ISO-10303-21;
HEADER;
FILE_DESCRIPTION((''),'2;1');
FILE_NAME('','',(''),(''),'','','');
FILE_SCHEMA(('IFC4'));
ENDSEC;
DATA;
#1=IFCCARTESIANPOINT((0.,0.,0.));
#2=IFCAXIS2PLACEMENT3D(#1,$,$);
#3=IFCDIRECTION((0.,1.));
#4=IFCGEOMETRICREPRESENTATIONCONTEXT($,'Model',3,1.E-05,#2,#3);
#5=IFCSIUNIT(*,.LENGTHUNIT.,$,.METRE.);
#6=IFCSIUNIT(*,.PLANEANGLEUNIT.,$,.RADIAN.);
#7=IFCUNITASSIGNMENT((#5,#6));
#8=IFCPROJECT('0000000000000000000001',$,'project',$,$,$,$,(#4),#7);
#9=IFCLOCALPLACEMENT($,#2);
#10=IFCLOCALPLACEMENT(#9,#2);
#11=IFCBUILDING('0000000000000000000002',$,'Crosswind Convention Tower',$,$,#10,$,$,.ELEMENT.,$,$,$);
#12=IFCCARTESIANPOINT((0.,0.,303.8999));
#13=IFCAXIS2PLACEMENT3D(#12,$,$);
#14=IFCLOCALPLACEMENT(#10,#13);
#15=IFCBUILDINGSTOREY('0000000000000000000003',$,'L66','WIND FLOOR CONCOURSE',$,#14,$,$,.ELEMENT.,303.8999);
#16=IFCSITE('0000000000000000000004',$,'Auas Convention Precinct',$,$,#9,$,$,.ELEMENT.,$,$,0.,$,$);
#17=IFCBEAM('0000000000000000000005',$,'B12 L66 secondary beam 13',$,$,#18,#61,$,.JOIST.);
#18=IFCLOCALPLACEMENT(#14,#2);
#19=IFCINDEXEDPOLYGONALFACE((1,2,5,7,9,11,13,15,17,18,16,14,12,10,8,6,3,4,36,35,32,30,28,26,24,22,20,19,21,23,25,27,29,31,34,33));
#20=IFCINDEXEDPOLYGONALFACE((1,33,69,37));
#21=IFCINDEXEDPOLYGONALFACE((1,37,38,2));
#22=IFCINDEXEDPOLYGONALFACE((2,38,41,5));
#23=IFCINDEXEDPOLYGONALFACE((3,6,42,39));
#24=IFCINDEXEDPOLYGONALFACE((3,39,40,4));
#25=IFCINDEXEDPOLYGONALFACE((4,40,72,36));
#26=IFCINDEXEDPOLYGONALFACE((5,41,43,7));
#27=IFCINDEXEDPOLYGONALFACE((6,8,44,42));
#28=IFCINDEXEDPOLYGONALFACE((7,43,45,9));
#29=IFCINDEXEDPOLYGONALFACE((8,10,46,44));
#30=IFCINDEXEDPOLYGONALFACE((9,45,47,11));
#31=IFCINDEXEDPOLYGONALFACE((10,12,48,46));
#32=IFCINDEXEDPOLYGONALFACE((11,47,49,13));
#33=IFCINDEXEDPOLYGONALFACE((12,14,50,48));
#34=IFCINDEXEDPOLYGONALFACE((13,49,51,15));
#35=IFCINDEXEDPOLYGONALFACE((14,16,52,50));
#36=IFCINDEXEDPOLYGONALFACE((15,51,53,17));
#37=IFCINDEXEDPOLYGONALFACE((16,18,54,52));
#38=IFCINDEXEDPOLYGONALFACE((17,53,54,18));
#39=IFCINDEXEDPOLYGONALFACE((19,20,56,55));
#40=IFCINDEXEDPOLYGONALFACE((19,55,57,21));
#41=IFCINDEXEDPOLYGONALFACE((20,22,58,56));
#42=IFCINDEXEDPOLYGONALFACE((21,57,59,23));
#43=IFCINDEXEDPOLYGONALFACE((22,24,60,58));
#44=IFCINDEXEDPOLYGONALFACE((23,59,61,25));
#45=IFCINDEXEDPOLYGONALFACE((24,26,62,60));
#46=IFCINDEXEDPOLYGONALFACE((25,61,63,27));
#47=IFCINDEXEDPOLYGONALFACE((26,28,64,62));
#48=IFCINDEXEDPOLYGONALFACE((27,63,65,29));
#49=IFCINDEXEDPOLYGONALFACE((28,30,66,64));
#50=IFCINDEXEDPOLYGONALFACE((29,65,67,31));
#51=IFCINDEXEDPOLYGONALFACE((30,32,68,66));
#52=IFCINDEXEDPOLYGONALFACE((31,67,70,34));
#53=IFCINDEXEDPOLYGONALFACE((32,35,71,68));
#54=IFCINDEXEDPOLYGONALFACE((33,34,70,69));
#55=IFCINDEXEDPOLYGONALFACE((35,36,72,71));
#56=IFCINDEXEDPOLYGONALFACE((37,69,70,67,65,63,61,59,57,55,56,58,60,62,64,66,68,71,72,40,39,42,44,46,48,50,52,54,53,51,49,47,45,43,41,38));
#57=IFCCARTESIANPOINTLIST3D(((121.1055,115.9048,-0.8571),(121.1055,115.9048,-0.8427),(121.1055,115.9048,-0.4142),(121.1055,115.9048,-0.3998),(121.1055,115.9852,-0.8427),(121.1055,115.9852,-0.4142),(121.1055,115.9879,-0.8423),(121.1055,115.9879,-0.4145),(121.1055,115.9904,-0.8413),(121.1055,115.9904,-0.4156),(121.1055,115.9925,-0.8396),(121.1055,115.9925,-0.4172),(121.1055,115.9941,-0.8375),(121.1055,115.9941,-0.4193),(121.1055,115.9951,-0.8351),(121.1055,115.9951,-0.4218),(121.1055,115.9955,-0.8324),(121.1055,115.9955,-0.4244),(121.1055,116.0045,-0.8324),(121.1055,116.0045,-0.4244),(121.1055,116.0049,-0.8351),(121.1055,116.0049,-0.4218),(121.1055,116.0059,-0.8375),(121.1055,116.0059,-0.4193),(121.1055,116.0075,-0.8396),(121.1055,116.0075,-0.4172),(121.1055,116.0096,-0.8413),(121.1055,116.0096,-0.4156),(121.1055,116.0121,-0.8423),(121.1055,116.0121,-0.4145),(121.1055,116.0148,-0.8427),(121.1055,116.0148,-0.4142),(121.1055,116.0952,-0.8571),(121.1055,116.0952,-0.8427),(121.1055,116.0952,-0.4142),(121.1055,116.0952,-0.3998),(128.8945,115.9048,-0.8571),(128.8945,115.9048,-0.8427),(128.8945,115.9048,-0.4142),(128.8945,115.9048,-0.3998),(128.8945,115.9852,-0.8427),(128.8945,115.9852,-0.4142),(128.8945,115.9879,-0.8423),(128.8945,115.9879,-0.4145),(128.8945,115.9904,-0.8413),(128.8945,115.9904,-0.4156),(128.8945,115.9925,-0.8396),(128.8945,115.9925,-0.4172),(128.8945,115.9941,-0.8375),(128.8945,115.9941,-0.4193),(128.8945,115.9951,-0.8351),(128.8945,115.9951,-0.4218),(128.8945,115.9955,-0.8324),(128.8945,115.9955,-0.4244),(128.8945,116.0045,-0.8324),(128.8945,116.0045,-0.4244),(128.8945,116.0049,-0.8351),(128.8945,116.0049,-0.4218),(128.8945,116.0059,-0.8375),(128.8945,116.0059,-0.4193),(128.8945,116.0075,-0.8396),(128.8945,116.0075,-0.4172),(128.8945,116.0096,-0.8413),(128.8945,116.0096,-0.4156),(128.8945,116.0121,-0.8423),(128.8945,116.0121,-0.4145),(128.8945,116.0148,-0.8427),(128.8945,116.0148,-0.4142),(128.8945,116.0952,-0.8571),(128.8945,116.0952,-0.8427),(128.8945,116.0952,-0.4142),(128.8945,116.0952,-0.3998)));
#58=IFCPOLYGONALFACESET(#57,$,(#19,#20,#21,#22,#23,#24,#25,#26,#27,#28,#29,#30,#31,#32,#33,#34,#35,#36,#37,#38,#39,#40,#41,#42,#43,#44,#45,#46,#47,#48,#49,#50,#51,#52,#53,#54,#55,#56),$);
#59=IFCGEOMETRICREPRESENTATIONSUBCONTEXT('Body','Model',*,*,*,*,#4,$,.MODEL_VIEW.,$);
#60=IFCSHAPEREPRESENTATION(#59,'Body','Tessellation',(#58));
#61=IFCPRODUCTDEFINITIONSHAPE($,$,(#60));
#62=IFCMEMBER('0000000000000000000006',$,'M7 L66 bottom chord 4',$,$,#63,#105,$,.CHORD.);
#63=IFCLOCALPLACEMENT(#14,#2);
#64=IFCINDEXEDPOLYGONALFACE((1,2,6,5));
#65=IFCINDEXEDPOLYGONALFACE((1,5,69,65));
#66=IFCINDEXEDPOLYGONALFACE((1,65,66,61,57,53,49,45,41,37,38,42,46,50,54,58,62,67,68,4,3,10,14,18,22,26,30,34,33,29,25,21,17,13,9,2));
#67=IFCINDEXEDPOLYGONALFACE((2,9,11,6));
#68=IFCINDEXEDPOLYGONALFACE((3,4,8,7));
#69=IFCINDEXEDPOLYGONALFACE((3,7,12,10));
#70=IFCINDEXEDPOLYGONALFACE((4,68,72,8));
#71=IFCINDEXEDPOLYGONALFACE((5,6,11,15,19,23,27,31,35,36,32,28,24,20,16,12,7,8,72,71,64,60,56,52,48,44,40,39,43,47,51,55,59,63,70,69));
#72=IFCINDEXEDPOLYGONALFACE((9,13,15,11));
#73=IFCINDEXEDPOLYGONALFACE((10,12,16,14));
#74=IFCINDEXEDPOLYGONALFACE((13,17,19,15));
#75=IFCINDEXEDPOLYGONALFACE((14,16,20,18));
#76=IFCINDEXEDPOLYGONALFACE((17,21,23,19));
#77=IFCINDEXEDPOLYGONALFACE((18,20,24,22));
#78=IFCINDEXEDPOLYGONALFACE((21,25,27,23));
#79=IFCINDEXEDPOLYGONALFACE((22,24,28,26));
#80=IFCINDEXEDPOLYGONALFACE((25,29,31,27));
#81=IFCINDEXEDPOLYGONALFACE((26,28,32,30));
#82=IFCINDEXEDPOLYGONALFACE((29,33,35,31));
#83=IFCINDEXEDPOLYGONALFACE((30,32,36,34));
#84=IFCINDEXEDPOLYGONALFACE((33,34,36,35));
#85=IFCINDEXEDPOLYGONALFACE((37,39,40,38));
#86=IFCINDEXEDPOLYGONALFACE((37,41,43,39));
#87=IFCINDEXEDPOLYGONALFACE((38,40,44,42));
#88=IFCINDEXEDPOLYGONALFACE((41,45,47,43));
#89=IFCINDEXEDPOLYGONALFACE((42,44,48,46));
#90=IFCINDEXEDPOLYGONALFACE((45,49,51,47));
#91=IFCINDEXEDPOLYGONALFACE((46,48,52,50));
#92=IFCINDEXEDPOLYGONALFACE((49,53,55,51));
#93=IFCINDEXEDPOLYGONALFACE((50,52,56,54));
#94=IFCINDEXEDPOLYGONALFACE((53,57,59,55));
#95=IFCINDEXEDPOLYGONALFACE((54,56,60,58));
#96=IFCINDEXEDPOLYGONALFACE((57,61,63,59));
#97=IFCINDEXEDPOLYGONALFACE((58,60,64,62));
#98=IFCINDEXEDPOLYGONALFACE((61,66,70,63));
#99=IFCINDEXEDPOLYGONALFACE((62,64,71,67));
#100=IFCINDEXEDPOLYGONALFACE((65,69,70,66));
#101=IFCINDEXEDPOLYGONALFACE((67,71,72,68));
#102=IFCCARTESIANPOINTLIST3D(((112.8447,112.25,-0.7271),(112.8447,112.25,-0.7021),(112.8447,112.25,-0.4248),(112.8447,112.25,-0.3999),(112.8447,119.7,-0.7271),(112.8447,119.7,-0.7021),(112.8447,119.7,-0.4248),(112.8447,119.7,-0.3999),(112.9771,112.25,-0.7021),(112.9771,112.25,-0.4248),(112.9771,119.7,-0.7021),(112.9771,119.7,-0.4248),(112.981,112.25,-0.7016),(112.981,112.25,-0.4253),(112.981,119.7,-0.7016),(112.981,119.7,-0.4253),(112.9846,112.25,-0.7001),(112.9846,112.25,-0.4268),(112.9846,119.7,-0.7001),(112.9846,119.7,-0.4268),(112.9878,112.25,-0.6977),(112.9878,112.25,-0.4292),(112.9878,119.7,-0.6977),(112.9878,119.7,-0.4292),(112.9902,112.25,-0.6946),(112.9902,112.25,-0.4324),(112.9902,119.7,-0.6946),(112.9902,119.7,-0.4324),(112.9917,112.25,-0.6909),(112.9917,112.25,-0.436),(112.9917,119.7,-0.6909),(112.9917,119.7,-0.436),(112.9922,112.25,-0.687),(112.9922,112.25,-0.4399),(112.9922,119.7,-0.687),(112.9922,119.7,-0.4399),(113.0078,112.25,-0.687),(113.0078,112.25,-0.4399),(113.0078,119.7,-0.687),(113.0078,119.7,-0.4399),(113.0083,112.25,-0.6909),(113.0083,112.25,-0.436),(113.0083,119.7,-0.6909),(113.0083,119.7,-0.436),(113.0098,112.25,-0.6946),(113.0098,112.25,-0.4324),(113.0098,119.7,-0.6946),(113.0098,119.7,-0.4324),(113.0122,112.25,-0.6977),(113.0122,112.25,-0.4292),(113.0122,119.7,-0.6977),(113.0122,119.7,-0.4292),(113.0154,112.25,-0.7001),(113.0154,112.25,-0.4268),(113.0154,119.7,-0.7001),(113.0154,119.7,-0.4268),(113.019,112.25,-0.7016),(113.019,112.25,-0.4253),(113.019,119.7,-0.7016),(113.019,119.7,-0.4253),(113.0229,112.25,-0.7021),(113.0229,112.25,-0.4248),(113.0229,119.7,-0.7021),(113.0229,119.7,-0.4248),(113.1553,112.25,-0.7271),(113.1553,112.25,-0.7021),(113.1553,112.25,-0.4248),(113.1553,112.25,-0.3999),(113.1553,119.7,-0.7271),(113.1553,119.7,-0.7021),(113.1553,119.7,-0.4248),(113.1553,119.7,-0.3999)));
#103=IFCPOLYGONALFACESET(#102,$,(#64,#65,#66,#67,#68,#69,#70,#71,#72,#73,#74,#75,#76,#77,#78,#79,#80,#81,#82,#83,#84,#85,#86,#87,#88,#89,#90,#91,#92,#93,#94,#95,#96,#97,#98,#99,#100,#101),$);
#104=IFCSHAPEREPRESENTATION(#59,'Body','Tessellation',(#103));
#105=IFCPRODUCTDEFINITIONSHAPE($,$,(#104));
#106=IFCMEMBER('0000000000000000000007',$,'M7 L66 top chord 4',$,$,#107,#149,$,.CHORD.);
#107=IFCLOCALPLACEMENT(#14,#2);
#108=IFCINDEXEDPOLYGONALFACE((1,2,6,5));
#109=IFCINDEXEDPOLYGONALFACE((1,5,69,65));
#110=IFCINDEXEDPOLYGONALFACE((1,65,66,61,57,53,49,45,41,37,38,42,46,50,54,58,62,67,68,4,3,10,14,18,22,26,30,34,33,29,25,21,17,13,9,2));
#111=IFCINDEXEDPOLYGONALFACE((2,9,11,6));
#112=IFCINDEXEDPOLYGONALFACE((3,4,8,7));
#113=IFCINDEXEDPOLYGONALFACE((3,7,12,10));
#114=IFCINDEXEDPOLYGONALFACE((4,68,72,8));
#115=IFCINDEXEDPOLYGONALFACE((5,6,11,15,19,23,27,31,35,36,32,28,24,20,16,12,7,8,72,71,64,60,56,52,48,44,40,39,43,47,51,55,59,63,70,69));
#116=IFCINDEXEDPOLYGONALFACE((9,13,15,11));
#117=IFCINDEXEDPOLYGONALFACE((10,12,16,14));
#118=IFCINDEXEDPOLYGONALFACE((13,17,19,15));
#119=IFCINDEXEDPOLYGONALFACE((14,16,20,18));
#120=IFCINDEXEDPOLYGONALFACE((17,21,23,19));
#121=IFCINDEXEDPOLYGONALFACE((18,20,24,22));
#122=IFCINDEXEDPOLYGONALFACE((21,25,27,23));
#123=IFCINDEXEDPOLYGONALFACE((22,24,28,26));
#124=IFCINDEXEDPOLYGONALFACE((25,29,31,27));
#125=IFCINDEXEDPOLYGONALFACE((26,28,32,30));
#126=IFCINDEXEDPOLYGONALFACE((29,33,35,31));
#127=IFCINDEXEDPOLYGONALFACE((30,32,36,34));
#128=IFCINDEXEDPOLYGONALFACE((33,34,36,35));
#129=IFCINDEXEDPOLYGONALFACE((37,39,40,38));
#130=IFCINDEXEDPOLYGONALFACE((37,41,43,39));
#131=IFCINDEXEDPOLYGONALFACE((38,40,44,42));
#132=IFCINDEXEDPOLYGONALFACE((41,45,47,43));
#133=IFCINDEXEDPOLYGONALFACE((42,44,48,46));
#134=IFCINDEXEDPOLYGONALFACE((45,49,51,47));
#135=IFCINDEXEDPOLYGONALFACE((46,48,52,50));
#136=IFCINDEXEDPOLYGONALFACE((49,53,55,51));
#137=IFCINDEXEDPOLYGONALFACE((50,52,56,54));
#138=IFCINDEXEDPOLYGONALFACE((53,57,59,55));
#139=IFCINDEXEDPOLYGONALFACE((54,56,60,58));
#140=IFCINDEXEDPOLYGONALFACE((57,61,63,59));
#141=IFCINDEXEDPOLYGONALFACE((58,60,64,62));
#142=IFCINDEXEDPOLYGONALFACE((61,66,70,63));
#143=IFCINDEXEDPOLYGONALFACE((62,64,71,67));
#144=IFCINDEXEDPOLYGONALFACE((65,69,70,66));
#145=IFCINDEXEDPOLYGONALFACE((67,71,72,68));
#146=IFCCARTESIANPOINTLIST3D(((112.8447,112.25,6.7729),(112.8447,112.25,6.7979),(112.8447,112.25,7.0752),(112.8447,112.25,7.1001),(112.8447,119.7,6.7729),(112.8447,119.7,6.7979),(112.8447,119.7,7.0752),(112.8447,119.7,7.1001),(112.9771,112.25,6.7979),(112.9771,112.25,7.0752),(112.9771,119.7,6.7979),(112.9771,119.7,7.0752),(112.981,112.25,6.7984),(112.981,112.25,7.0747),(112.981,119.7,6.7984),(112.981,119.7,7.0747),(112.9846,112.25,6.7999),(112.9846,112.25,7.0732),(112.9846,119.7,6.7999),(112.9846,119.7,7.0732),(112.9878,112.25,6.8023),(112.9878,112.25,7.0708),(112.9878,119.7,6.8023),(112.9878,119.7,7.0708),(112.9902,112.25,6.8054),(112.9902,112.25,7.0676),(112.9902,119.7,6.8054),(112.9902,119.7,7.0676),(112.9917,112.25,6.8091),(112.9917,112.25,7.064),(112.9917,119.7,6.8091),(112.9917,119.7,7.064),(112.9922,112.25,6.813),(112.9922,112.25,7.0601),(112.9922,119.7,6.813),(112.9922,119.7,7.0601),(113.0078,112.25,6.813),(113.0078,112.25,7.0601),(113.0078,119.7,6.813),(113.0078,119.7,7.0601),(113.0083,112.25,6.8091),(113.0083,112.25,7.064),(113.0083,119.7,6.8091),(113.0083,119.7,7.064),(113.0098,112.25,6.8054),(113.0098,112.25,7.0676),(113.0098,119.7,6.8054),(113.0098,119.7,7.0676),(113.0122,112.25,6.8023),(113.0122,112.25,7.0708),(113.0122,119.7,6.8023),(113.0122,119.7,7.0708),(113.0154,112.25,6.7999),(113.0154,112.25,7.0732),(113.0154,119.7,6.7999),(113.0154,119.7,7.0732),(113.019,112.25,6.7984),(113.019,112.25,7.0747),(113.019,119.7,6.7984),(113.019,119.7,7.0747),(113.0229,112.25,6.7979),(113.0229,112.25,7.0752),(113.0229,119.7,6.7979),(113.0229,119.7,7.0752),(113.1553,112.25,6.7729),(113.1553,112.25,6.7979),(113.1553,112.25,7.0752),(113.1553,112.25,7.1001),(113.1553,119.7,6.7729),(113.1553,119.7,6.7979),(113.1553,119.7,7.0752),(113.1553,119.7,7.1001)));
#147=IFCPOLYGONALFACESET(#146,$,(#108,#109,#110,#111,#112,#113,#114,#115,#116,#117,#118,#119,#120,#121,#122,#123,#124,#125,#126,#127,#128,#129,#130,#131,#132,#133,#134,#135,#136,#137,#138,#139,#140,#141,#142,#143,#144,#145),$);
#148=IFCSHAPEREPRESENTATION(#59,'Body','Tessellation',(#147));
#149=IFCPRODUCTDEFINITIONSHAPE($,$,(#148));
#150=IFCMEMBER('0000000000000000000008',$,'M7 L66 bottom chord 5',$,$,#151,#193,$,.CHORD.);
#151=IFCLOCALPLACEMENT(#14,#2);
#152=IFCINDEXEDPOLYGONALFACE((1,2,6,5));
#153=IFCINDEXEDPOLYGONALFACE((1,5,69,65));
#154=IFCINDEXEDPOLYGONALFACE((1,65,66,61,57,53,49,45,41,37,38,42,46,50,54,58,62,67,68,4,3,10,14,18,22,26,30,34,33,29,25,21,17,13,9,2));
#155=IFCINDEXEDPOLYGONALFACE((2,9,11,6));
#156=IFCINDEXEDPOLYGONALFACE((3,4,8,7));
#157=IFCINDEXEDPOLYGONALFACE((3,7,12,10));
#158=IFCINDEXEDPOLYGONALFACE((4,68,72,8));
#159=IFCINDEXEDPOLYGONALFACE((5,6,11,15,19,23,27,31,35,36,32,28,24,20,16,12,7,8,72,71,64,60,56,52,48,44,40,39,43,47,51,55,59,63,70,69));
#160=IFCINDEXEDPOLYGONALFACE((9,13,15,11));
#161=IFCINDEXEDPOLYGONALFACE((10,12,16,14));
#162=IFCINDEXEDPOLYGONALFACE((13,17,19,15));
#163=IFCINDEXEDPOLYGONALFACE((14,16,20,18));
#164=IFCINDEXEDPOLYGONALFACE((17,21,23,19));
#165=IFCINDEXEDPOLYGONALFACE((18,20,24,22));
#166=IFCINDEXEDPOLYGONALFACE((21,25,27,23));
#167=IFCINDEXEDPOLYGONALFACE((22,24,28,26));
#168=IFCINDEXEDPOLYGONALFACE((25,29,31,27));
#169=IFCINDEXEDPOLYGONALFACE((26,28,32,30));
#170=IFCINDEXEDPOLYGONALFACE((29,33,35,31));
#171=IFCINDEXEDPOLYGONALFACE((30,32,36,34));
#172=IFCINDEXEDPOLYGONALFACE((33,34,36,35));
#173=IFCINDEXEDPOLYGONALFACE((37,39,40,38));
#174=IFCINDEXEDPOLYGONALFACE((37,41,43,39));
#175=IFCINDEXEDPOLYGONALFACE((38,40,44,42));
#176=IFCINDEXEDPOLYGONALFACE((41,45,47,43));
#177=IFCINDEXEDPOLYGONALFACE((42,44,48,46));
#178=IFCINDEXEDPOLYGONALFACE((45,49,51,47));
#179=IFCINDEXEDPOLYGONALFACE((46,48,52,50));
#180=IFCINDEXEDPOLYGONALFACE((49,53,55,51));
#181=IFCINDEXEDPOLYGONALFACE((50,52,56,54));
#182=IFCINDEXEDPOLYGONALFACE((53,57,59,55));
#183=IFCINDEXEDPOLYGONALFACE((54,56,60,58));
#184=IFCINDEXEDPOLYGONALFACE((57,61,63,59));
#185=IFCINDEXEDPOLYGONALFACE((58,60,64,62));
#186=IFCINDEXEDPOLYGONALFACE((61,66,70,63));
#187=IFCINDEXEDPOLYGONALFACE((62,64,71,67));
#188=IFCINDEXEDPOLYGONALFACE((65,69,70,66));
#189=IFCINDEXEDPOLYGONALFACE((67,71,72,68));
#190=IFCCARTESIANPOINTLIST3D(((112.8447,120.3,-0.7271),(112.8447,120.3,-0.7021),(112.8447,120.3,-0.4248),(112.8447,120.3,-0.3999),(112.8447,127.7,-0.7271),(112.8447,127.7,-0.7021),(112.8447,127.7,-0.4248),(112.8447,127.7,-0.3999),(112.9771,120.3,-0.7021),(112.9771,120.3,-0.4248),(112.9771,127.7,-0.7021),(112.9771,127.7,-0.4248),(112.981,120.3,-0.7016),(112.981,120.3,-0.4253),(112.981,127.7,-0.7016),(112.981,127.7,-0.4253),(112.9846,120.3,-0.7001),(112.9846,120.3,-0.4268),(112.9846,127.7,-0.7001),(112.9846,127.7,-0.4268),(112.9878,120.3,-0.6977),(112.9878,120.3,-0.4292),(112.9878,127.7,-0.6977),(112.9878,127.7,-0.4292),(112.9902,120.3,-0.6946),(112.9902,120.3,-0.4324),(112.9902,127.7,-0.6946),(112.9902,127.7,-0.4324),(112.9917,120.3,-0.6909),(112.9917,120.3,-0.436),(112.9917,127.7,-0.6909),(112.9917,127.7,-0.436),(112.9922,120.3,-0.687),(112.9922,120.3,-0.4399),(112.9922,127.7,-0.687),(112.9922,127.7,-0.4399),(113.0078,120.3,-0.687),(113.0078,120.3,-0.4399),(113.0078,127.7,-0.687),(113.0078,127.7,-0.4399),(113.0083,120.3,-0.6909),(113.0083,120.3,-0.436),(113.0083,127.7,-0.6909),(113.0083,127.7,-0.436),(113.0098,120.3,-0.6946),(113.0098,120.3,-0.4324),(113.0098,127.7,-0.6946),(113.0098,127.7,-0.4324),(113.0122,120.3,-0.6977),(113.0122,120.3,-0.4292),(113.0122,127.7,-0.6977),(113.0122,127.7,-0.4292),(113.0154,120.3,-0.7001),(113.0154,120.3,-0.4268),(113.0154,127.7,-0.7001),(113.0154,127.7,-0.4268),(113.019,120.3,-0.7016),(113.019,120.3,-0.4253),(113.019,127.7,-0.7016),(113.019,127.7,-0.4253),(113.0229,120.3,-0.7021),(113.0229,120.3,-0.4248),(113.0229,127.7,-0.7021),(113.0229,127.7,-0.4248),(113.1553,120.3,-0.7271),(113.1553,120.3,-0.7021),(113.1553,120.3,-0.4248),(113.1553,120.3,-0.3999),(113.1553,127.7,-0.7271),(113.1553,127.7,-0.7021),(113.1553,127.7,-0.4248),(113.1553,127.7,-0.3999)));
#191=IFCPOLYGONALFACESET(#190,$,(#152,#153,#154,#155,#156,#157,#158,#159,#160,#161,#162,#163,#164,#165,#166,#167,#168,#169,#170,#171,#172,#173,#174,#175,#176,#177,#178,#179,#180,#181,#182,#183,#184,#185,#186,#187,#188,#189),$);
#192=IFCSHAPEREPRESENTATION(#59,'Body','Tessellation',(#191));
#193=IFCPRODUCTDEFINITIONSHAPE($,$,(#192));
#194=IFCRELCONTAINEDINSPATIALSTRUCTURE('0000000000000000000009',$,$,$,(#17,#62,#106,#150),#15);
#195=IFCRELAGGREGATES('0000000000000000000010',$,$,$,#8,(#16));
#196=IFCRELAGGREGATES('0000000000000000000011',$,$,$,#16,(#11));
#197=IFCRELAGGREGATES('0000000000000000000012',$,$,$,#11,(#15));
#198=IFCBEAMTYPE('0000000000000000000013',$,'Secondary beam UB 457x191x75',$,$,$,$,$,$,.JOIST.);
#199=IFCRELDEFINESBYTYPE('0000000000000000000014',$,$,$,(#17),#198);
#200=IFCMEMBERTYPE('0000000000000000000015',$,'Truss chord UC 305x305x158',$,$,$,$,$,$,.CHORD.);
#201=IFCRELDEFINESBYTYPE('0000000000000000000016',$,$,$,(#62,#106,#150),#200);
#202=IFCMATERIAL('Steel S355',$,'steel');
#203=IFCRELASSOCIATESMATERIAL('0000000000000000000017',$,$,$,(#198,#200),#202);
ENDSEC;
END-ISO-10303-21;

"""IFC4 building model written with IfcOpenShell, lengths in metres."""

from ifc_helpers import new_model, si_unit, direction, frame, origin, origin_2d, place, context, subcontext, project, spatial, i_section, extrude, material, material_profile, profile_set, type_object, element, save


model = new_model("IFC4")

# Units and contexts
model_context = context("Model", 3, precision=1e-05, world=origin(), true_north=direction((0.0, 1.0)))
body_context = subcontext(model_context, "Body", "Model", "MODEL_VIEW")
ifc_project = project(units=[si_unit("LENGTHUNIT", "METRE"), si_unit("PLANEANGLEUNIT", "RADIAN")], contexts=[model_context])

# Site, building, storey
site_placement = place(None, origin())
site = spatial("IfcSite", under=ifc_project, at=site_placement, Name="Auas Convention Precinct", CompositionType="ELEMENT", RefElevation=0.0)
building_placement = place(site_placement, origin())
building = spatial("IfcBuilding", under=site, at=building_placement, Name="Crosswind Convention Tower", CompositionType="ELEMENT")
storey_placement = place(building_placement, frame((0.0, 0.0, 303.8999)))
storey = spatial("IfcBuildingStorey", under=building, at=storey_placement, Name="L66", Description="WIND FLOOR CONCOURSE", CompositionType="ELEMENT", Elevation=303.8999)

# Beam
ifc_material_1 = material(Name="Steel S355", Category="steel")
ifc_material_profile_1 = material_profile(ifc_material_1, i_section(OverallWidth=0.1904, OverallDepth=0.4573, WebThickness=0.009, FlangeThickness=0.0144, FilletRadius=0.0103, at=origin_2d()), Name="UB 457x191x75")
ifc_profile_set_1 = profile_set([ifc_material_profile_1], Name="Steel S355")
beam_type_1 = type_object("IfcBeamType", Name="Secondary beam UB 457x191x75", PredefinedType="JOIST", material=ifc_profile_set_1)
beam_1_placement = place(storey_placement, frame((121.1055, 116.0, -0.6284), z_axis=(1.0, 0.0, 0.0), x_axis=(0.0, 1.0, 0.0)))
element("IfcBeam", 1, at=beam_1_placement, inside=storey, type_object=beam_type_1, Name="B12 L66 secondary beam 13", PredefinedType="JOIST", context=body_context, shape_type="SweptSolid", body=[
    extrude(i_section(OverallWidth=0.1904, OverallDepth=0.4573, WebThickness=0.009, FlangeThickness=0.0144, FilletRadius=0.0103, at=origin_2d()), origin(), (0.0, 0.0, 1.0), 7.7891),
])

# Members
ifc_material_profile_2 = material_profile(ifc_material_1, i_section(OverallWidth=0.3105, OverallDepth=0.3271, WebThickness=0.0156, FlangeThickness=0.0249, FilletRadius=0.0151, at=origin_2d()), Name="UC 305x305x158")
ifc_profile_set_2 = profile_set([ifc_material_profile_2], Name="Steel S355")
member_type_1 = type_object("IfcMemberType", Name="Truss chord UC 305x305x158", PredefinedType="CHORD", material=ifc_profile_set_2)
for number, where, z_axis, x_axis, name in (
    (2, (113.0, 112.25, -0.5635), (0.0, 1.0, 0.0), (-1.0, 0.0, 0.0), "M7 L66 bottom chord 4"),
    (3, (113.0, 112.25, 6.9365), (0.0, 1.0, 0.0), (-1.0, 0.0, 0.0), "M7 L66 top chord 4"),
):
    element("IfcMember", number, at=place(storey_placement, frame(where, z_axis=z_axis, x_axis=x_axis)), inside=storey, type_object=member_type_1, Name=name, PredefinedType="CHORD", context=body_context, shape_type="SweptSolid", body=[
        extrude(i_section(OverallWidth=0.3105, OverallDepth=0.3271, WebThickness=0.0156, FlangeThickness=0.0249, FilletRadius=0.0151, at=origin_2d()), origin(), (0.0, 0.0, 1.0), 7.45),
    ])
for number, where, z_axis, x_axis, name in (
    (4, (113.0, 120.3, -0.5635), (0.0, 1.0, 0.0), (-1.0, 0.0, 0.0), "M7 L66 bottom chord 5"),
):
    element("IfcMember", number, at=place(storey_placement, frame(where, z_axis=z_axis, x_axis=x_axis)), inside=storey, type_object=member_type_1, Name=name, PredefinedType="CHORD", context=body_context, shape_type="SweptSolid", body=[
        extrude(i_section(OverallWidth=0.3105, OverallDepth=0.3271, WebThickness=0.0156, FlangeThickness=0.0249, FilletRadius=0.0151, at=origin_2d()), origin(), (0.0, 0.0, 1.0), 7.3999),
    ])

save(model, "model.ifc")
